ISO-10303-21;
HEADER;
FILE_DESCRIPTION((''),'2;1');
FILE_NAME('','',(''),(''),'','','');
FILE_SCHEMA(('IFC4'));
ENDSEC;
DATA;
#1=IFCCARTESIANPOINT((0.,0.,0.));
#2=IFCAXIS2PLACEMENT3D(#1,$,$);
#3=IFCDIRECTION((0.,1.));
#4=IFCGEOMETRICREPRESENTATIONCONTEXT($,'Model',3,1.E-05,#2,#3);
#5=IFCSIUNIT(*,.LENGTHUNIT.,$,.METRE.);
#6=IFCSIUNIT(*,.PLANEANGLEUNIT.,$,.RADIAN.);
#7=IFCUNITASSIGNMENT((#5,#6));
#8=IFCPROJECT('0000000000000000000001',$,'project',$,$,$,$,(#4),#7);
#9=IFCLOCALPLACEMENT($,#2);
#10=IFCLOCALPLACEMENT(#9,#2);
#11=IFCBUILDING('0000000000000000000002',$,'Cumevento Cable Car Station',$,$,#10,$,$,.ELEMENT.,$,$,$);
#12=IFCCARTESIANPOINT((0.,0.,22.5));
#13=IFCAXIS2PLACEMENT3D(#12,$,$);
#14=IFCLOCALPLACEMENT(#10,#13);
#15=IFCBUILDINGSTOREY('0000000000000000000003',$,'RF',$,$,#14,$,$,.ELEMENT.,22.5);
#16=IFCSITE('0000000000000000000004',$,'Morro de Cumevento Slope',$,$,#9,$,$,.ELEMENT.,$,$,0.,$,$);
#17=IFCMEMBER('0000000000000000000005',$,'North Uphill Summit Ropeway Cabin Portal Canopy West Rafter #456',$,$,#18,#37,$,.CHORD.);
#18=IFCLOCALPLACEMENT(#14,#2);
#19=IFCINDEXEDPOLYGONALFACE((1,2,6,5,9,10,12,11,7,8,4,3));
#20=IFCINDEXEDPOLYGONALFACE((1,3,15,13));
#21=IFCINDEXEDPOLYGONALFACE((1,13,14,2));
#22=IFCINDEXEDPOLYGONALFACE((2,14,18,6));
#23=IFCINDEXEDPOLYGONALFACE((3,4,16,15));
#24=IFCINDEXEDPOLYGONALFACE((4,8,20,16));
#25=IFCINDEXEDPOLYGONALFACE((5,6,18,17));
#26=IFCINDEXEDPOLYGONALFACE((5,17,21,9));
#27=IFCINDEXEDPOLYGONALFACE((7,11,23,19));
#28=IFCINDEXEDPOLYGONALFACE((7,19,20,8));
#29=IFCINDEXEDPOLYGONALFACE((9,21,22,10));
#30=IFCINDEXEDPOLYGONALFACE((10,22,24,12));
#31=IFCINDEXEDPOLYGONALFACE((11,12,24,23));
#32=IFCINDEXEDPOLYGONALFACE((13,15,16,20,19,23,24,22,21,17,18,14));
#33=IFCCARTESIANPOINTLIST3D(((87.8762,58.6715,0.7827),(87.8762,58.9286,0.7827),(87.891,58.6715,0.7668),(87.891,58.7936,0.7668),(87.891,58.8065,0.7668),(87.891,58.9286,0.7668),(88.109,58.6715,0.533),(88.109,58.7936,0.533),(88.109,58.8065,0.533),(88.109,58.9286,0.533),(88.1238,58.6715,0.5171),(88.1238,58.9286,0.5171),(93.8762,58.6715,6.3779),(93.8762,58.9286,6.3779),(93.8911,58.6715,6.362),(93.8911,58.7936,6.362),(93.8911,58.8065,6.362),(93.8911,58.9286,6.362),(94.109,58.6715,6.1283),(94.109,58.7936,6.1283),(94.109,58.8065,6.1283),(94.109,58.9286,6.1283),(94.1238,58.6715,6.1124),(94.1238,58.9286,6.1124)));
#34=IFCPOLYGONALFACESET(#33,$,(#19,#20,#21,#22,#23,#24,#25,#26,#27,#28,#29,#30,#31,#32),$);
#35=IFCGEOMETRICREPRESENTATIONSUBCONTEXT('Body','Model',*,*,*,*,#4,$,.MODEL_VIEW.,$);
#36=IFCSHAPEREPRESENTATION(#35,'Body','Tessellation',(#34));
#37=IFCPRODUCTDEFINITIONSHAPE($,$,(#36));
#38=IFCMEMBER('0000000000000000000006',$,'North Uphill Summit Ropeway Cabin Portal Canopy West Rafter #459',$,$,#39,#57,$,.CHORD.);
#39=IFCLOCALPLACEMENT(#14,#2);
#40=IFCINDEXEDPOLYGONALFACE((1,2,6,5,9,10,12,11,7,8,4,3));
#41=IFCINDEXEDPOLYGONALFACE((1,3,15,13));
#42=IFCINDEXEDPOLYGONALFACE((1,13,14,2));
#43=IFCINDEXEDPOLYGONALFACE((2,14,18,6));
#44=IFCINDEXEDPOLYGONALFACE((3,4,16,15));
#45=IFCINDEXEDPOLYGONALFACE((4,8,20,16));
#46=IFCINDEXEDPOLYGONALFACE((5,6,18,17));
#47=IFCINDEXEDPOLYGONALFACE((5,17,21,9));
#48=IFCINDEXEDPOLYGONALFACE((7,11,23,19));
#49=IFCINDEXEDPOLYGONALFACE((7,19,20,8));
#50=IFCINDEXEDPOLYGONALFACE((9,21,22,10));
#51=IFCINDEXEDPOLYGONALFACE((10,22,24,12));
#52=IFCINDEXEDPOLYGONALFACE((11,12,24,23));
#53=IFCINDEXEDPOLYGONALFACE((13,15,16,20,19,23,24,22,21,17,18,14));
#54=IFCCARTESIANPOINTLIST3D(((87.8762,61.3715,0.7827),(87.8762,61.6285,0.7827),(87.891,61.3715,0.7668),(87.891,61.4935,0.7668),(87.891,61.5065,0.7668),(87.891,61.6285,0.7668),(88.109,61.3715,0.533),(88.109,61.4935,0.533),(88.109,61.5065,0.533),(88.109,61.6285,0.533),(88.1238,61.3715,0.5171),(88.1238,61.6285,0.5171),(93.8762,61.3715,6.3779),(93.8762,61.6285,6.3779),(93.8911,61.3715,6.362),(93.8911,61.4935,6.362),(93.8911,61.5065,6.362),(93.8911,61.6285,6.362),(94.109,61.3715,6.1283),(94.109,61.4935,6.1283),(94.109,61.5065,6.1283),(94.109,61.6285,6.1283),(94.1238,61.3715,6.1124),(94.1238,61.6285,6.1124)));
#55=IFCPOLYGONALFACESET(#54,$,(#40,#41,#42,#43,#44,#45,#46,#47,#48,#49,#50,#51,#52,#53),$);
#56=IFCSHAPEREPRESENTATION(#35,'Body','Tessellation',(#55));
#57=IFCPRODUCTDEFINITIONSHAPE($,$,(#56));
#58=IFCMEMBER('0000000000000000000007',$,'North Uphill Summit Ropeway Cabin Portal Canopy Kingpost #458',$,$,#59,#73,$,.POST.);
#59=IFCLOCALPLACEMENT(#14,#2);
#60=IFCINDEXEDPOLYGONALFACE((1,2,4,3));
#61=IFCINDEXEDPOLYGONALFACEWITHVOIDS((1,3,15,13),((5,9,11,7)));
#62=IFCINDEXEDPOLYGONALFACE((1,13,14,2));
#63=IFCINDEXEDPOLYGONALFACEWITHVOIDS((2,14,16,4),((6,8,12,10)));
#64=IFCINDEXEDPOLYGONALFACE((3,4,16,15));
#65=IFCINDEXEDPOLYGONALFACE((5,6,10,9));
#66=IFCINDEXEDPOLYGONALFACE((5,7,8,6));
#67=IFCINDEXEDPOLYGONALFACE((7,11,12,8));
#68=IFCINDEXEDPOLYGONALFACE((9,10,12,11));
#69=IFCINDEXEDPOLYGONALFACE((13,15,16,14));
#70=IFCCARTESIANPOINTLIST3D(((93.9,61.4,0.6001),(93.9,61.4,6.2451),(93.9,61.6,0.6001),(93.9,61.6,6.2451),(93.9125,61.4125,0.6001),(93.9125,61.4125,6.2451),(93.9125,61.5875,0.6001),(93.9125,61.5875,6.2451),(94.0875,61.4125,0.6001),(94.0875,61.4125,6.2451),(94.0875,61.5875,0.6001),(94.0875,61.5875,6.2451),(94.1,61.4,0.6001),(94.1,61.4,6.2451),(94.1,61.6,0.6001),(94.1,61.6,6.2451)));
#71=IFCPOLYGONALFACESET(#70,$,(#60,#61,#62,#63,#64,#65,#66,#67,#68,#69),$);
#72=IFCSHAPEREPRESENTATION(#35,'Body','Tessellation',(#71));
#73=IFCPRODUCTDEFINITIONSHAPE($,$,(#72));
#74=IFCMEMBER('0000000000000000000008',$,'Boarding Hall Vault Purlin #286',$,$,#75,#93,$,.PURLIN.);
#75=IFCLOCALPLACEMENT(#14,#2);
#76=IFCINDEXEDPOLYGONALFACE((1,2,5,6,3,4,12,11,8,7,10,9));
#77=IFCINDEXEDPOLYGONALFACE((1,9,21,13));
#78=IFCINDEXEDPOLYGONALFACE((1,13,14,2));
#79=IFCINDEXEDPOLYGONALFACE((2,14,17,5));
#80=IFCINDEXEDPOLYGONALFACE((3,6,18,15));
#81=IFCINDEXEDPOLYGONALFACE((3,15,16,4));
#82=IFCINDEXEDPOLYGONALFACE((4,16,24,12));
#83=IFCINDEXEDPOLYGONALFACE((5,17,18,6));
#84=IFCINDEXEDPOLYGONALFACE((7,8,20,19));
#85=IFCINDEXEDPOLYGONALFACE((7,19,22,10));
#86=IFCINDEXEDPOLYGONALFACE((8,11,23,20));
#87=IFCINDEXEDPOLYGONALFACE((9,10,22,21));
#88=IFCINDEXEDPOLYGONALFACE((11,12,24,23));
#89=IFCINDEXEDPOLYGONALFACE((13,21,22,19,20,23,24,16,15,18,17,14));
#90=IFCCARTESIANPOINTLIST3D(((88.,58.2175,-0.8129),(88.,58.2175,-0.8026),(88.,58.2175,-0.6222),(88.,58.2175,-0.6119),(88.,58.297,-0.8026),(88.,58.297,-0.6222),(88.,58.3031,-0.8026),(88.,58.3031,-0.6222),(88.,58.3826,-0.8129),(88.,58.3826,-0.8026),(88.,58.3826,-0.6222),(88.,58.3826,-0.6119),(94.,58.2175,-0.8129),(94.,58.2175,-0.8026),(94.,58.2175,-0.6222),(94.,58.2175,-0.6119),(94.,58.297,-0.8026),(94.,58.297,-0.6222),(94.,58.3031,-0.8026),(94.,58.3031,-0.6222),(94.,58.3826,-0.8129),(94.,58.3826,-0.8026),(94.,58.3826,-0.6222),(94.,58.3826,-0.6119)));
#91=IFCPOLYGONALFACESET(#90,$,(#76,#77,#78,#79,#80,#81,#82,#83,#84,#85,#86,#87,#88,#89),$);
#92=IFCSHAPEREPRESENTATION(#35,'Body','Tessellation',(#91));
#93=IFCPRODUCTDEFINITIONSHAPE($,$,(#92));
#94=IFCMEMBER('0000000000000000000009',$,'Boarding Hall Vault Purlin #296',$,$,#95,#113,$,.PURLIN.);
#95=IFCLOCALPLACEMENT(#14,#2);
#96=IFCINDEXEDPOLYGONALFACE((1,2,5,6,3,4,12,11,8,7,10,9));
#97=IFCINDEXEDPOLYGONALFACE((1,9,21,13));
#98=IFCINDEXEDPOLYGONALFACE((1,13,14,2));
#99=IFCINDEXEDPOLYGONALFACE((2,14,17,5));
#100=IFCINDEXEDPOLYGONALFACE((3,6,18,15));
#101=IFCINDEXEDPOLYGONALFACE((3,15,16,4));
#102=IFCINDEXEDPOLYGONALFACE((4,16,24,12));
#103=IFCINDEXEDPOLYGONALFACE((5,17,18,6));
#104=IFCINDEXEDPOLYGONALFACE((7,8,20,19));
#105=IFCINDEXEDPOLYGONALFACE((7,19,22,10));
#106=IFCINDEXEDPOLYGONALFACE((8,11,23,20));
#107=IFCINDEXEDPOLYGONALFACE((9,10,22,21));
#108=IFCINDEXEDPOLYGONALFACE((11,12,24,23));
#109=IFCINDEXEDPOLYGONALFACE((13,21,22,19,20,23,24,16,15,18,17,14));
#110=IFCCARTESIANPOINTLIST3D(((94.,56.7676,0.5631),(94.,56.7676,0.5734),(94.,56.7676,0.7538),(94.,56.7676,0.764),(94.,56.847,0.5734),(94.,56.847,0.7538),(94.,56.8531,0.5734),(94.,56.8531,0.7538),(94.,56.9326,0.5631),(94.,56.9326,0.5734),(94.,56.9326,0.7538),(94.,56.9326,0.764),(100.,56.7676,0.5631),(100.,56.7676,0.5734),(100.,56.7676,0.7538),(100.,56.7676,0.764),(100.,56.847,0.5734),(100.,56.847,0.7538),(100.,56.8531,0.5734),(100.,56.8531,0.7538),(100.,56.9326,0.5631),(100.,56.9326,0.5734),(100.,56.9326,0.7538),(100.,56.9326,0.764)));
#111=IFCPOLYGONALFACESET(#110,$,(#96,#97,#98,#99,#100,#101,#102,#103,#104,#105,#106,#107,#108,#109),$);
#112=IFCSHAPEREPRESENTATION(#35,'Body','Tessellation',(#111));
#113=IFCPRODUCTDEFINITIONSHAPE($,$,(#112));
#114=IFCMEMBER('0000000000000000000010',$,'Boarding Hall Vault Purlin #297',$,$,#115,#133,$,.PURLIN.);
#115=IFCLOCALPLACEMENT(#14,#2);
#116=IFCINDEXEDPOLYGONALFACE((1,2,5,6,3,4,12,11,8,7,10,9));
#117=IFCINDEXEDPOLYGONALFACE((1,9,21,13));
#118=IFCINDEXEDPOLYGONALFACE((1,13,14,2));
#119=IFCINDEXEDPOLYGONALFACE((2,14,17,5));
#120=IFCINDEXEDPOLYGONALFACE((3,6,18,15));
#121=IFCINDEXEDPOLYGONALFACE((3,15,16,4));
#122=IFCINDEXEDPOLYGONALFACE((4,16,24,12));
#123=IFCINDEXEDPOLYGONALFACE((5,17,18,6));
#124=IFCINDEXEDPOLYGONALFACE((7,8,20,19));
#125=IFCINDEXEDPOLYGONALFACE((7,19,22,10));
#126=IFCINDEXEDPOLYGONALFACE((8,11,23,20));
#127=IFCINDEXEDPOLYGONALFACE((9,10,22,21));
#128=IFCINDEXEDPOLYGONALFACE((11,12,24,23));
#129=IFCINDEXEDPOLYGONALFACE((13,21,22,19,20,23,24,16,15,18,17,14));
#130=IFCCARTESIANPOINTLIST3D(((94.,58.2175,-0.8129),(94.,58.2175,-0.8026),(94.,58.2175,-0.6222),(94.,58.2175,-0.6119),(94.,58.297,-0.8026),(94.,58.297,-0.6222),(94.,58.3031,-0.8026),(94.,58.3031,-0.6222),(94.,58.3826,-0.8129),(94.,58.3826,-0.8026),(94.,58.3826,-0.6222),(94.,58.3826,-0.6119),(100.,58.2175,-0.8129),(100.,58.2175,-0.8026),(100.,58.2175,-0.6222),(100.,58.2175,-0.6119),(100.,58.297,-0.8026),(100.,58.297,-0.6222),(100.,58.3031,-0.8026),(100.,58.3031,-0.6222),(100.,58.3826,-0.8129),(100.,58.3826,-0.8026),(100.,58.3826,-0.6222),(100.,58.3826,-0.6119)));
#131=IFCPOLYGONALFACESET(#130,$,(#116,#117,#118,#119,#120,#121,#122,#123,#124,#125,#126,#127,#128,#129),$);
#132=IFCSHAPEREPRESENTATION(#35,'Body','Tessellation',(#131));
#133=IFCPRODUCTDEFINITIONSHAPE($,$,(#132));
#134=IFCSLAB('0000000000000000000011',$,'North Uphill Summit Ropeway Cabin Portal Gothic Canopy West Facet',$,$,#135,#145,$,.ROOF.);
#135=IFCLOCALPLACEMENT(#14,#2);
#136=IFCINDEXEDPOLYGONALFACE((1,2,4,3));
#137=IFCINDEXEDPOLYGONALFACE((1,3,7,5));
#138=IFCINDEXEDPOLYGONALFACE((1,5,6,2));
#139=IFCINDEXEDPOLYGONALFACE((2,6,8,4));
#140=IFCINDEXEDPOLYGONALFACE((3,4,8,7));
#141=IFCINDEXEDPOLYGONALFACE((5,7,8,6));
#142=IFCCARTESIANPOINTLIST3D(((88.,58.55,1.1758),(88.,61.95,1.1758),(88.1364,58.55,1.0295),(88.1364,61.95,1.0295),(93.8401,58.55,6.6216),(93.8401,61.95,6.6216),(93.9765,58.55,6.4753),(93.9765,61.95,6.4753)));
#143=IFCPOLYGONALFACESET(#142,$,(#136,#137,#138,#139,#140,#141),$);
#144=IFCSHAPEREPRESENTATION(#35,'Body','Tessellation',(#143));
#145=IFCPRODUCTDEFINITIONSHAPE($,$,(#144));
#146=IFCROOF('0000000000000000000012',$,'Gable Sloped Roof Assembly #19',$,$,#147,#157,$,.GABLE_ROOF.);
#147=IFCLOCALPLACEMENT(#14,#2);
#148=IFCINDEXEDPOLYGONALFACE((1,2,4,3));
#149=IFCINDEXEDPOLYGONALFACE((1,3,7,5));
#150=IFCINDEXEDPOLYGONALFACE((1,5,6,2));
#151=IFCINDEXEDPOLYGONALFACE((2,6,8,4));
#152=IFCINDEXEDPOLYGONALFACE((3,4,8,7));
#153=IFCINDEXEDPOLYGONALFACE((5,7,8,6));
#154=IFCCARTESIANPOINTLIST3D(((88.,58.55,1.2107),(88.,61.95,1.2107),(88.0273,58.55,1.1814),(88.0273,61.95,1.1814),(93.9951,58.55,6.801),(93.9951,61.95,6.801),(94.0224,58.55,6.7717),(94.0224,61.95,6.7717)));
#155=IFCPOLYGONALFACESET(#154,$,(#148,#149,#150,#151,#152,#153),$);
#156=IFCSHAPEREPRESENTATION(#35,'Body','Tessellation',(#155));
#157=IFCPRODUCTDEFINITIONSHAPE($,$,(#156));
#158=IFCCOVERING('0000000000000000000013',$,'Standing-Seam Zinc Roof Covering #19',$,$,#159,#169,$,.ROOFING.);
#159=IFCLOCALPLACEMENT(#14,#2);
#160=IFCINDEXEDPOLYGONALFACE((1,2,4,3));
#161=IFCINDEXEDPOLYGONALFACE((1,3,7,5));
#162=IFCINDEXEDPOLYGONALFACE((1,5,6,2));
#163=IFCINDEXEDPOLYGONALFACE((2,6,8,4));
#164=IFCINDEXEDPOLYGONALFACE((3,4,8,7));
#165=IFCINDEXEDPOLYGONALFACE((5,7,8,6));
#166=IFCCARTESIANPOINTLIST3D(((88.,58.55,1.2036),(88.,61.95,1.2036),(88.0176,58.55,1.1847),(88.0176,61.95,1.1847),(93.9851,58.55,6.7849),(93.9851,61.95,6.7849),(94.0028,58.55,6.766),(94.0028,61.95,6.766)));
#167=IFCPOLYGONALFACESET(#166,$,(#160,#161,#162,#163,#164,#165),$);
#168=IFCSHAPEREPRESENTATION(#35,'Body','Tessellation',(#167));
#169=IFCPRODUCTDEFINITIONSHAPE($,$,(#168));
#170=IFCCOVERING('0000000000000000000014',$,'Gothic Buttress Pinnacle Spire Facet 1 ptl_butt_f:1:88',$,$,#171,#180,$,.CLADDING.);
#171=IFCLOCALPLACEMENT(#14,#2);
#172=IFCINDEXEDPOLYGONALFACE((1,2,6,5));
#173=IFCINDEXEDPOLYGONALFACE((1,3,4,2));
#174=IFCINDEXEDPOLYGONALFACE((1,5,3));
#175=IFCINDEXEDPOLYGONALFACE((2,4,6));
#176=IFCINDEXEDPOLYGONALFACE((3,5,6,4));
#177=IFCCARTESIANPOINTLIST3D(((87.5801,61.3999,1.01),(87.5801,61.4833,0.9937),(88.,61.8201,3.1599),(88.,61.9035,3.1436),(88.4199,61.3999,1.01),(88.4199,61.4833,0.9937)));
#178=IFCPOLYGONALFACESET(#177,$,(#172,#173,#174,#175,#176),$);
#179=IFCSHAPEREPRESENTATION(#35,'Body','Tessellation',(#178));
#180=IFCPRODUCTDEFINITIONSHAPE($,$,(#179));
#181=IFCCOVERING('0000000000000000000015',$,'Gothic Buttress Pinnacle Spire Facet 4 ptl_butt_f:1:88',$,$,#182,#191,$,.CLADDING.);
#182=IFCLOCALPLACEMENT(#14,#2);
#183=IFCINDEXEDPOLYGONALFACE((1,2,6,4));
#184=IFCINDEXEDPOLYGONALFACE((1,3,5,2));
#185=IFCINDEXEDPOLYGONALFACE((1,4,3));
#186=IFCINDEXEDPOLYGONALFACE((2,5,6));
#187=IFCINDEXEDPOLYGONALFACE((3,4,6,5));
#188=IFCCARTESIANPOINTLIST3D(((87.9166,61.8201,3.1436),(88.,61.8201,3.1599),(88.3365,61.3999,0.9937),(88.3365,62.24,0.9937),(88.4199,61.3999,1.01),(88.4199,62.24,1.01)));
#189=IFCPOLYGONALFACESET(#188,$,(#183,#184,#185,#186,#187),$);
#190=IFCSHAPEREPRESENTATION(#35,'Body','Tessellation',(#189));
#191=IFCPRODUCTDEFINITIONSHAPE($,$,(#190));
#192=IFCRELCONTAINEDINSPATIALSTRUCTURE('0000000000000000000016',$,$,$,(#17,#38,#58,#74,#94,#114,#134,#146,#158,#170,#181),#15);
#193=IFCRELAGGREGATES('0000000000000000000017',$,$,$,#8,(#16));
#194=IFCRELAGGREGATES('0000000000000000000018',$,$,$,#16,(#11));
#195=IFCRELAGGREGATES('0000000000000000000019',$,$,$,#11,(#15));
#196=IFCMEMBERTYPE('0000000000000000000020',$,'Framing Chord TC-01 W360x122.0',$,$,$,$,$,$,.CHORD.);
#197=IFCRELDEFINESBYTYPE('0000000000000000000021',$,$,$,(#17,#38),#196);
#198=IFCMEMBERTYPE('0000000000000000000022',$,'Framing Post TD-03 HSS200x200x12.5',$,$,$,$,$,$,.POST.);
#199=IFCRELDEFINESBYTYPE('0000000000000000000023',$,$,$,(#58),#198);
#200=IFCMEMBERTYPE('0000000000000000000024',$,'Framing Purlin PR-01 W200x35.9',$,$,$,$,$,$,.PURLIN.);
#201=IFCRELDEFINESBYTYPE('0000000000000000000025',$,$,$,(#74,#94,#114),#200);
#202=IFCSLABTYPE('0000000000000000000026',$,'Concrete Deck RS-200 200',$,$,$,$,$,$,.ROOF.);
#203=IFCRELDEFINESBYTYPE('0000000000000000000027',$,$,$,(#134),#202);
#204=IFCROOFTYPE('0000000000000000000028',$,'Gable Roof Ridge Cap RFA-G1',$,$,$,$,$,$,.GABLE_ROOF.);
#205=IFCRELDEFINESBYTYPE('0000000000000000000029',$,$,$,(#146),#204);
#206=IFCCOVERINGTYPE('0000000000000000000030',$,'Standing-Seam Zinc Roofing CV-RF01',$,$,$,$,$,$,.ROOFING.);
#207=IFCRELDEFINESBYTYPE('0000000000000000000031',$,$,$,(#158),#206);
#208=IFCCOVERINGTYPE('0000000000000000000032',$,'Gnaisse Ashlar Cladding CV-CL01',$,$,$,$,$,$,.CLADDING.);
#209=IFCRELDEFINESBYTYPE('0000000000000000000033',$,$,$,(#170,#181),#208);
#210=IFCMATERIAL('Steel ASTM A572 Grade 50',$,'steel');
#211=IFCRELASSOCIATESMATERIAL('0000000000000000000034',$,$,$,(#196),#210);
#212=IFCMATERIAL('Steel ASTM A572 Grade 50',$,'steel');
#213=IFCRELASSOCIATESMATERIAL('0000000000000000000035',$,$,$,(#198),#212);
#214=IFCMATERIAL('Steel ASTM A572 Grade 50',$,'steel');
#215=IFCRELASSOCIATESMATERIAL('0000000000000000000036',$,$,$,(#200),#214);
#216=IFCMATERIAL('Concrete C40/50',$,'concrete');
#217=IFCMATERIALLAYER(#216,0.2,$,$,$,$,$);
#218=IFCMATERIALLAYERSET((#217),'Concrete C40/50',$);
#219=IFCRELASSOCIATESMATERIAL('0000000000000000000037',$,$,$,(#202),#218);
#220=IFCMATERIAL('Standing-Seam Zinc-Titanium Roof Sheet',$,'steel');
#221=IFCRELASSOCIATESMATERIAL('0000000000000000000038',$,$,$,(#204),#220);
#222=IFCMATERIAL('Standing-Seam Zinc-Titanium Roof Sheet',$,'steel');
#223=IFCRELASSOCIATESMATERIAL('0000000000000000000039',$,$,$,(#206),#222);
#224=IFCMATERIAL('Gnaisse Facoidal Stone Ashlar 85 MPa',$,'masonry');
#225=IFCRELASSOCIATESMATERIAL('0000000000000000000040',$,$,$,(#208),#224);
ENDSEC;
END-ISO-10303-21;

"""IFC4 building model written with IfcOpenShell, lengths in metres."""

from ifc_helpers import new_model, si_unit, direction, frame, origin, origin_2d, place, context, subcontext, project, spatial, polyline, hollow_rectangle, i_section, outline, extrude, material, layer, layer_set, material_profile, profile_set, type_object, element, save


model = new_model("IFC4")

# Units and contexts
model_context = context("Model", 3, precision=1e-05, world=origin(), true_north=direction((0.0, 1.0)))
body_context = subcontext(model_context, "Body", "Model", "MODEL_VIEW")
ifc_project = project(units=[si_unit("LENGTHUNIT", "METRE"), si_unit("PLANEANGLEUNIT", "RADIAN")], contexts=[model_context])

# Site, building, storey
site_placement = place(None, origin())
site = spatial("IfcSite", under=ifc_project, at=site_placement, Name="Morro de Cumevento Slope", CompositionType="ELEMENT", RefElevation=0.0)
building_placement = place(site_placement, origin())
building = spatial("IfcBuilding", under=site, at=building_placement, Name="Cumevento Cable Car Station", CompositionType="ELEMENT")
storey_placement = place(building_placement, frame((0.0, 0.0, 22.5)))
storey = spatial("IfcBuildingStorey", under=building, at=storey_placement, Name="RF", CompositionType="ELEMENT", Elevation=22.5)

# Members
ifc_material_1 = material(Name="Steel ASTM A572 Grade 50", Category="steel")
ifc_material_profile_1 = material_profile(ifc_material_1, i_section(OverallWidth=0.2571, OverallDepth=0.363, WebThickness=0.0129, FlangeThickness=0.0217, at=origin_2d()), Name="W360x122.0")
ifc_profile_set_1 = profile_set([ifc_material_profile_1], Name="Steel ASTM A572 Grade 50")
member_type_1 = type_object("IfcMemberType", Name="Framing Chord TC-01 W360x122.0", PredefinedType="CHORD", material=ifc_profile_set_1)
for number, where, z_axis, x_axis, name in (
    (1, (88.0, 58.8, 0.6499), (0.731346, 0.0, 0.682006), (0.0, 1.0, 0.0), "North Uphill Summit Ropeway Cabin Portal Canopy West Rafter #456"),
    (2, (88.0, 61.5, 0.6499), (0.731346, 0.0, 0.682006), (0.0, 1.0, 0.0), "North Uphill Summit Ropeway Cabin Portal Canopy West Rafter #459"),
):
    element("IfcMember", number, at=place(storey_placement, frame(where, z_axis=z_axis, x_axis=x_axis)), inside=storey, type_object=member_type_1, Name=name, PredefinedType="CHORD", context=body_context, shape_type="SweptSolid", body=[
        extrude(i_section(OverallWidth=0.2571, OverallDepth=0.363, WebThickness=0.0129, FlangeThickness=0.0217, at=origin_2d()), origin(), (0.0, 0.0, 1.0), 8.2041),
    ])
ifc_material_2 = material(Name="Steel ASTM A572 Grade 50", Category="steel")
ifc_material_profile_2 = material_profile(ifc_material_2, hollow_rectangle(XDim=0.2, YDim=0.2, WallThickness=0.0125, at=origin_2d()), Name="HSS200x200x12.5")
ifc_profile_set_2 = profile_set([ifc_material_profile_2], Name="Steel ASTM A572 Grade 50")
member_type_2 = type_object("IfcMemberType", Name="Framing Post TD-03 HSS200x200x12.5", PredefinedType="POST", material=ifc_profile_set_2)
member_placement = place(storey_placement, frame((94.0, 61.5, 0.6001), z_axis=(0.0, 0.0, 1.0), x_axis=(1.0, 0.0, 0.0)))
element("IfcMember", 3, at=member_placement, inside=storey, type_object=member_type_2, Name="North Uphill Summit Ropeway Cabin Portal Canopy Kingpost #458", PredefinedType="POST", context=body_context, shape_type="SweptSolid", body=[
    extrude(hollow_rectangle(XDim=0.2, YDim=0.2, WallThickness=0.0125, at=origin_2d()), origin(), (0.0, 0.0, 1.0), 5.645),
])
ifc_material_3 = material(Name="Steel ASTM A572 Grade 50", Category="steel")
ifc_material_profile_3 = material_profile(ifc_material_3, i_section(OverallWidth=0.165, OverallDepth=0.2009, WebThickness=0.0061, FlangeThickness=0.0103, at=origin_2d()), Name="W200x35.9")
ifc_profile_set_3 = profile_set([ifc_material_profile_3], Name="Steel ASTM A572 Grade 50")
member_type_3 = type_object("IfcMemberType", Name="Framing Purlin PR-01 W200x35.9", PredefinedType="PURLIN", material=ifc_profile_set_3)
for number, where, z_axis, x_axis, name in (
    (4, (88.0, 58.3, -0.7124), (1.0, 0.0, 0.0), (0.0, 1.0, 0.0), "Boarding Hall Vault Purlin #286"),
    (5, (94.0, 56.8501, 0.6636), (1.0, 0.0, 0.0), (0.0, 1.0, 0.0), "Boarding Hall Vault Purlin #296"),
    (6, (94.0, 58.3, -0.7124), (1.0, 0.0, 0.0), (0.0, 1.0, 0.0), "Boarding Hall Vault Purlin #297"),
):
    element("IfcMember", number, at=place(storey_placement, frame(where, z_axis=z_axis, x_axis=x_axis)), inside=storey, type_object=member_type_3, Name=name, PredefinedType="PURLIN", context=body_context, shape_type="SweptSolid", body=[
        extrude(i_section(OverallWidth=0.165, OverallDepth=0.2009, WebThickness=0.0061, FlangeThickness=0.0103, at=origin_2d()), origin(), (0.0, 0.0, 1.0), 6.0),
    ])

# Slab
ifc_material_4 = material(Name="Concrete C40/50", Category="concrete")
ifc_layer = layer(ifc_material_4, 0.2)
ifc_layer_set = layer_set([ifc_layer], Name="Concrete C40/50")
slab_type = type_object("IfcSlabType", Name="Concrete Deck RS-200 200", PredefinedType="ROOF", material=ifc_layer_set)
slab_placement = place(storey_placement, frame((88.0, 61.95, 1.1758), z_axis=(-0.681987, 0.0, 0.731364), x_axis=(0.0, -1.0, 0.0)))
element("IfcSlab", 7, at=slab_placement, inside=storey, type_object=slab_type, Name="North Uphill Summit Ropeway Cabin Portal Gothic Canopy West Facet", PredefinedType="ROOF", context=body_context, shape_type="SweptSolid", body=[
    extrude(outline(polyline([(0.0, 0.0), (3.3999, 0.0), (3.3999, 7.9852), (0.0, 7.9852), (0.0, 0.0)])), origin(), (0.0, 0.0, -1.0), 0.2),
])

# Roof
ifc_material_5 = material(Name="Standing-Seam Zinc-Titanium Roof Sheet", Category="steel")
roof_type = type_object("IfcRoofType", Name="Gable Roof Ridge Cap RFA-G1", PredefinedType="GABLE_ROOF", material=ifc_material_5)
roof_placement = place(storey_placement, frame((88.0, 61.95, 1.2107), z_axis=(-0.681985, 0.0, 0.731366), x_axis=(0.0, -1.0, 0.0)))
element("IfcRoof", 8, at=roof_placement, inside=storey, type_object=roof_type, Name="Gable Sloped Roof Assembly #19", PredefinedType="GABLE_ROOF", context=body_context, shape_type="SweptSolid", body=[
    extrude(outline(polyline([(0.0, 0.0), (3.3999, 0.0), (3.3999, 8.1971), (0.0, 8.1971), (0.0, 0.0)])), origin(), (0.0, 0.0, -1.0), 0.04),
])

# Coverings
ifc_material_6 = material(Name="Standing-Seam Zinc-Titanium Roof Sheet", Category="steel")
covering_type_1 = type_object("IfcCoveringType", Name="Standing-Seam Zinc Roofing CV-RF01", PredefinedType="ROOFING", material=ifc_material_6)
covering_1_placement = place(storey_placement, frame((88.0, 61.95, 1.2036), z_axis=(-0.682005, 0.0, 0.731348), x_axis=(0.0, -1.0, 0.0)))
element("IfcCovering", 9, at=covering_1_placement, inside=storey, type_object=covering_type_1, Name="Standing-Seam Zinc Roof Covering #19", PredefinedType="ROOFING", context=body_context, shape_type="SweptSolid", body=[
    extrude(outline(polyline([(0.0, 0.0), (3.3999, 0.0), (3.3999, 8.1837), (0.0, 8.1837), (0.0, 0.0)])), origin(), (0.0, 0.0, -1.0), 0.0259),
])
ifc_material_7 = material(Name="Gnaisse Facoidal Stone Ashlar 85 MPa", Category="masonry")
covering_type_2 = type_object("IfcCoveringType", Name="Gnaisse Ashlar Cladding CV-CL01", PredefinedType="CLADDING", material=ifc_material_7)
covering_2_placement = place(storey_placement, frame((88.4199, 61.3999, 1.01), z_axis=(0.0, -0.981433, 0.191806), x_axis=(-1.0, 0.0, 0.0)))
element("IfcCovering", 10, at=covering_2_placement, inside=storey, type_object=covering_type_2, Name="Gothic Buttress Pinnacle Spire Facet 1 ptl_butt_f:1:88", PredefinedType="CLADDING", context=body_context, shape_type="SweptSolid", body=[
    extrude(outline(polyline([(0.0, 0.0), (0.8398, 0.0), (0.4199, -2.1906), (0.0, 0.0)])), origin(), (0.0, 0.0, -1.0), 0.085),
])
covering_3_placement = place(storey_placement, frame((88.4199, 62.24, 1.01), z_axis=(0.981454, 0.0, 0.191699), x_axis=(0.0, -1.0, 0.0)))
element("IfcCovering", 11, at=covering_3_placement, inside=storey, type_object=covering_type_2, Name="Gothic Buttress Pinnacle Spire Facet 4 ptl_butt_f:1:88", PredefinedType="CLADDING", context=body_context, shape_type="SweptSolid", body=[
    extrude(outline(polyline([(0.0, 0.0), (0.8401, 0.0), (0.4199, -2.1905), (0.0, 0.0)])), origin(), (0.0, 0.0, -1.0), 0.085),
])

save(model, "model.ifc")
